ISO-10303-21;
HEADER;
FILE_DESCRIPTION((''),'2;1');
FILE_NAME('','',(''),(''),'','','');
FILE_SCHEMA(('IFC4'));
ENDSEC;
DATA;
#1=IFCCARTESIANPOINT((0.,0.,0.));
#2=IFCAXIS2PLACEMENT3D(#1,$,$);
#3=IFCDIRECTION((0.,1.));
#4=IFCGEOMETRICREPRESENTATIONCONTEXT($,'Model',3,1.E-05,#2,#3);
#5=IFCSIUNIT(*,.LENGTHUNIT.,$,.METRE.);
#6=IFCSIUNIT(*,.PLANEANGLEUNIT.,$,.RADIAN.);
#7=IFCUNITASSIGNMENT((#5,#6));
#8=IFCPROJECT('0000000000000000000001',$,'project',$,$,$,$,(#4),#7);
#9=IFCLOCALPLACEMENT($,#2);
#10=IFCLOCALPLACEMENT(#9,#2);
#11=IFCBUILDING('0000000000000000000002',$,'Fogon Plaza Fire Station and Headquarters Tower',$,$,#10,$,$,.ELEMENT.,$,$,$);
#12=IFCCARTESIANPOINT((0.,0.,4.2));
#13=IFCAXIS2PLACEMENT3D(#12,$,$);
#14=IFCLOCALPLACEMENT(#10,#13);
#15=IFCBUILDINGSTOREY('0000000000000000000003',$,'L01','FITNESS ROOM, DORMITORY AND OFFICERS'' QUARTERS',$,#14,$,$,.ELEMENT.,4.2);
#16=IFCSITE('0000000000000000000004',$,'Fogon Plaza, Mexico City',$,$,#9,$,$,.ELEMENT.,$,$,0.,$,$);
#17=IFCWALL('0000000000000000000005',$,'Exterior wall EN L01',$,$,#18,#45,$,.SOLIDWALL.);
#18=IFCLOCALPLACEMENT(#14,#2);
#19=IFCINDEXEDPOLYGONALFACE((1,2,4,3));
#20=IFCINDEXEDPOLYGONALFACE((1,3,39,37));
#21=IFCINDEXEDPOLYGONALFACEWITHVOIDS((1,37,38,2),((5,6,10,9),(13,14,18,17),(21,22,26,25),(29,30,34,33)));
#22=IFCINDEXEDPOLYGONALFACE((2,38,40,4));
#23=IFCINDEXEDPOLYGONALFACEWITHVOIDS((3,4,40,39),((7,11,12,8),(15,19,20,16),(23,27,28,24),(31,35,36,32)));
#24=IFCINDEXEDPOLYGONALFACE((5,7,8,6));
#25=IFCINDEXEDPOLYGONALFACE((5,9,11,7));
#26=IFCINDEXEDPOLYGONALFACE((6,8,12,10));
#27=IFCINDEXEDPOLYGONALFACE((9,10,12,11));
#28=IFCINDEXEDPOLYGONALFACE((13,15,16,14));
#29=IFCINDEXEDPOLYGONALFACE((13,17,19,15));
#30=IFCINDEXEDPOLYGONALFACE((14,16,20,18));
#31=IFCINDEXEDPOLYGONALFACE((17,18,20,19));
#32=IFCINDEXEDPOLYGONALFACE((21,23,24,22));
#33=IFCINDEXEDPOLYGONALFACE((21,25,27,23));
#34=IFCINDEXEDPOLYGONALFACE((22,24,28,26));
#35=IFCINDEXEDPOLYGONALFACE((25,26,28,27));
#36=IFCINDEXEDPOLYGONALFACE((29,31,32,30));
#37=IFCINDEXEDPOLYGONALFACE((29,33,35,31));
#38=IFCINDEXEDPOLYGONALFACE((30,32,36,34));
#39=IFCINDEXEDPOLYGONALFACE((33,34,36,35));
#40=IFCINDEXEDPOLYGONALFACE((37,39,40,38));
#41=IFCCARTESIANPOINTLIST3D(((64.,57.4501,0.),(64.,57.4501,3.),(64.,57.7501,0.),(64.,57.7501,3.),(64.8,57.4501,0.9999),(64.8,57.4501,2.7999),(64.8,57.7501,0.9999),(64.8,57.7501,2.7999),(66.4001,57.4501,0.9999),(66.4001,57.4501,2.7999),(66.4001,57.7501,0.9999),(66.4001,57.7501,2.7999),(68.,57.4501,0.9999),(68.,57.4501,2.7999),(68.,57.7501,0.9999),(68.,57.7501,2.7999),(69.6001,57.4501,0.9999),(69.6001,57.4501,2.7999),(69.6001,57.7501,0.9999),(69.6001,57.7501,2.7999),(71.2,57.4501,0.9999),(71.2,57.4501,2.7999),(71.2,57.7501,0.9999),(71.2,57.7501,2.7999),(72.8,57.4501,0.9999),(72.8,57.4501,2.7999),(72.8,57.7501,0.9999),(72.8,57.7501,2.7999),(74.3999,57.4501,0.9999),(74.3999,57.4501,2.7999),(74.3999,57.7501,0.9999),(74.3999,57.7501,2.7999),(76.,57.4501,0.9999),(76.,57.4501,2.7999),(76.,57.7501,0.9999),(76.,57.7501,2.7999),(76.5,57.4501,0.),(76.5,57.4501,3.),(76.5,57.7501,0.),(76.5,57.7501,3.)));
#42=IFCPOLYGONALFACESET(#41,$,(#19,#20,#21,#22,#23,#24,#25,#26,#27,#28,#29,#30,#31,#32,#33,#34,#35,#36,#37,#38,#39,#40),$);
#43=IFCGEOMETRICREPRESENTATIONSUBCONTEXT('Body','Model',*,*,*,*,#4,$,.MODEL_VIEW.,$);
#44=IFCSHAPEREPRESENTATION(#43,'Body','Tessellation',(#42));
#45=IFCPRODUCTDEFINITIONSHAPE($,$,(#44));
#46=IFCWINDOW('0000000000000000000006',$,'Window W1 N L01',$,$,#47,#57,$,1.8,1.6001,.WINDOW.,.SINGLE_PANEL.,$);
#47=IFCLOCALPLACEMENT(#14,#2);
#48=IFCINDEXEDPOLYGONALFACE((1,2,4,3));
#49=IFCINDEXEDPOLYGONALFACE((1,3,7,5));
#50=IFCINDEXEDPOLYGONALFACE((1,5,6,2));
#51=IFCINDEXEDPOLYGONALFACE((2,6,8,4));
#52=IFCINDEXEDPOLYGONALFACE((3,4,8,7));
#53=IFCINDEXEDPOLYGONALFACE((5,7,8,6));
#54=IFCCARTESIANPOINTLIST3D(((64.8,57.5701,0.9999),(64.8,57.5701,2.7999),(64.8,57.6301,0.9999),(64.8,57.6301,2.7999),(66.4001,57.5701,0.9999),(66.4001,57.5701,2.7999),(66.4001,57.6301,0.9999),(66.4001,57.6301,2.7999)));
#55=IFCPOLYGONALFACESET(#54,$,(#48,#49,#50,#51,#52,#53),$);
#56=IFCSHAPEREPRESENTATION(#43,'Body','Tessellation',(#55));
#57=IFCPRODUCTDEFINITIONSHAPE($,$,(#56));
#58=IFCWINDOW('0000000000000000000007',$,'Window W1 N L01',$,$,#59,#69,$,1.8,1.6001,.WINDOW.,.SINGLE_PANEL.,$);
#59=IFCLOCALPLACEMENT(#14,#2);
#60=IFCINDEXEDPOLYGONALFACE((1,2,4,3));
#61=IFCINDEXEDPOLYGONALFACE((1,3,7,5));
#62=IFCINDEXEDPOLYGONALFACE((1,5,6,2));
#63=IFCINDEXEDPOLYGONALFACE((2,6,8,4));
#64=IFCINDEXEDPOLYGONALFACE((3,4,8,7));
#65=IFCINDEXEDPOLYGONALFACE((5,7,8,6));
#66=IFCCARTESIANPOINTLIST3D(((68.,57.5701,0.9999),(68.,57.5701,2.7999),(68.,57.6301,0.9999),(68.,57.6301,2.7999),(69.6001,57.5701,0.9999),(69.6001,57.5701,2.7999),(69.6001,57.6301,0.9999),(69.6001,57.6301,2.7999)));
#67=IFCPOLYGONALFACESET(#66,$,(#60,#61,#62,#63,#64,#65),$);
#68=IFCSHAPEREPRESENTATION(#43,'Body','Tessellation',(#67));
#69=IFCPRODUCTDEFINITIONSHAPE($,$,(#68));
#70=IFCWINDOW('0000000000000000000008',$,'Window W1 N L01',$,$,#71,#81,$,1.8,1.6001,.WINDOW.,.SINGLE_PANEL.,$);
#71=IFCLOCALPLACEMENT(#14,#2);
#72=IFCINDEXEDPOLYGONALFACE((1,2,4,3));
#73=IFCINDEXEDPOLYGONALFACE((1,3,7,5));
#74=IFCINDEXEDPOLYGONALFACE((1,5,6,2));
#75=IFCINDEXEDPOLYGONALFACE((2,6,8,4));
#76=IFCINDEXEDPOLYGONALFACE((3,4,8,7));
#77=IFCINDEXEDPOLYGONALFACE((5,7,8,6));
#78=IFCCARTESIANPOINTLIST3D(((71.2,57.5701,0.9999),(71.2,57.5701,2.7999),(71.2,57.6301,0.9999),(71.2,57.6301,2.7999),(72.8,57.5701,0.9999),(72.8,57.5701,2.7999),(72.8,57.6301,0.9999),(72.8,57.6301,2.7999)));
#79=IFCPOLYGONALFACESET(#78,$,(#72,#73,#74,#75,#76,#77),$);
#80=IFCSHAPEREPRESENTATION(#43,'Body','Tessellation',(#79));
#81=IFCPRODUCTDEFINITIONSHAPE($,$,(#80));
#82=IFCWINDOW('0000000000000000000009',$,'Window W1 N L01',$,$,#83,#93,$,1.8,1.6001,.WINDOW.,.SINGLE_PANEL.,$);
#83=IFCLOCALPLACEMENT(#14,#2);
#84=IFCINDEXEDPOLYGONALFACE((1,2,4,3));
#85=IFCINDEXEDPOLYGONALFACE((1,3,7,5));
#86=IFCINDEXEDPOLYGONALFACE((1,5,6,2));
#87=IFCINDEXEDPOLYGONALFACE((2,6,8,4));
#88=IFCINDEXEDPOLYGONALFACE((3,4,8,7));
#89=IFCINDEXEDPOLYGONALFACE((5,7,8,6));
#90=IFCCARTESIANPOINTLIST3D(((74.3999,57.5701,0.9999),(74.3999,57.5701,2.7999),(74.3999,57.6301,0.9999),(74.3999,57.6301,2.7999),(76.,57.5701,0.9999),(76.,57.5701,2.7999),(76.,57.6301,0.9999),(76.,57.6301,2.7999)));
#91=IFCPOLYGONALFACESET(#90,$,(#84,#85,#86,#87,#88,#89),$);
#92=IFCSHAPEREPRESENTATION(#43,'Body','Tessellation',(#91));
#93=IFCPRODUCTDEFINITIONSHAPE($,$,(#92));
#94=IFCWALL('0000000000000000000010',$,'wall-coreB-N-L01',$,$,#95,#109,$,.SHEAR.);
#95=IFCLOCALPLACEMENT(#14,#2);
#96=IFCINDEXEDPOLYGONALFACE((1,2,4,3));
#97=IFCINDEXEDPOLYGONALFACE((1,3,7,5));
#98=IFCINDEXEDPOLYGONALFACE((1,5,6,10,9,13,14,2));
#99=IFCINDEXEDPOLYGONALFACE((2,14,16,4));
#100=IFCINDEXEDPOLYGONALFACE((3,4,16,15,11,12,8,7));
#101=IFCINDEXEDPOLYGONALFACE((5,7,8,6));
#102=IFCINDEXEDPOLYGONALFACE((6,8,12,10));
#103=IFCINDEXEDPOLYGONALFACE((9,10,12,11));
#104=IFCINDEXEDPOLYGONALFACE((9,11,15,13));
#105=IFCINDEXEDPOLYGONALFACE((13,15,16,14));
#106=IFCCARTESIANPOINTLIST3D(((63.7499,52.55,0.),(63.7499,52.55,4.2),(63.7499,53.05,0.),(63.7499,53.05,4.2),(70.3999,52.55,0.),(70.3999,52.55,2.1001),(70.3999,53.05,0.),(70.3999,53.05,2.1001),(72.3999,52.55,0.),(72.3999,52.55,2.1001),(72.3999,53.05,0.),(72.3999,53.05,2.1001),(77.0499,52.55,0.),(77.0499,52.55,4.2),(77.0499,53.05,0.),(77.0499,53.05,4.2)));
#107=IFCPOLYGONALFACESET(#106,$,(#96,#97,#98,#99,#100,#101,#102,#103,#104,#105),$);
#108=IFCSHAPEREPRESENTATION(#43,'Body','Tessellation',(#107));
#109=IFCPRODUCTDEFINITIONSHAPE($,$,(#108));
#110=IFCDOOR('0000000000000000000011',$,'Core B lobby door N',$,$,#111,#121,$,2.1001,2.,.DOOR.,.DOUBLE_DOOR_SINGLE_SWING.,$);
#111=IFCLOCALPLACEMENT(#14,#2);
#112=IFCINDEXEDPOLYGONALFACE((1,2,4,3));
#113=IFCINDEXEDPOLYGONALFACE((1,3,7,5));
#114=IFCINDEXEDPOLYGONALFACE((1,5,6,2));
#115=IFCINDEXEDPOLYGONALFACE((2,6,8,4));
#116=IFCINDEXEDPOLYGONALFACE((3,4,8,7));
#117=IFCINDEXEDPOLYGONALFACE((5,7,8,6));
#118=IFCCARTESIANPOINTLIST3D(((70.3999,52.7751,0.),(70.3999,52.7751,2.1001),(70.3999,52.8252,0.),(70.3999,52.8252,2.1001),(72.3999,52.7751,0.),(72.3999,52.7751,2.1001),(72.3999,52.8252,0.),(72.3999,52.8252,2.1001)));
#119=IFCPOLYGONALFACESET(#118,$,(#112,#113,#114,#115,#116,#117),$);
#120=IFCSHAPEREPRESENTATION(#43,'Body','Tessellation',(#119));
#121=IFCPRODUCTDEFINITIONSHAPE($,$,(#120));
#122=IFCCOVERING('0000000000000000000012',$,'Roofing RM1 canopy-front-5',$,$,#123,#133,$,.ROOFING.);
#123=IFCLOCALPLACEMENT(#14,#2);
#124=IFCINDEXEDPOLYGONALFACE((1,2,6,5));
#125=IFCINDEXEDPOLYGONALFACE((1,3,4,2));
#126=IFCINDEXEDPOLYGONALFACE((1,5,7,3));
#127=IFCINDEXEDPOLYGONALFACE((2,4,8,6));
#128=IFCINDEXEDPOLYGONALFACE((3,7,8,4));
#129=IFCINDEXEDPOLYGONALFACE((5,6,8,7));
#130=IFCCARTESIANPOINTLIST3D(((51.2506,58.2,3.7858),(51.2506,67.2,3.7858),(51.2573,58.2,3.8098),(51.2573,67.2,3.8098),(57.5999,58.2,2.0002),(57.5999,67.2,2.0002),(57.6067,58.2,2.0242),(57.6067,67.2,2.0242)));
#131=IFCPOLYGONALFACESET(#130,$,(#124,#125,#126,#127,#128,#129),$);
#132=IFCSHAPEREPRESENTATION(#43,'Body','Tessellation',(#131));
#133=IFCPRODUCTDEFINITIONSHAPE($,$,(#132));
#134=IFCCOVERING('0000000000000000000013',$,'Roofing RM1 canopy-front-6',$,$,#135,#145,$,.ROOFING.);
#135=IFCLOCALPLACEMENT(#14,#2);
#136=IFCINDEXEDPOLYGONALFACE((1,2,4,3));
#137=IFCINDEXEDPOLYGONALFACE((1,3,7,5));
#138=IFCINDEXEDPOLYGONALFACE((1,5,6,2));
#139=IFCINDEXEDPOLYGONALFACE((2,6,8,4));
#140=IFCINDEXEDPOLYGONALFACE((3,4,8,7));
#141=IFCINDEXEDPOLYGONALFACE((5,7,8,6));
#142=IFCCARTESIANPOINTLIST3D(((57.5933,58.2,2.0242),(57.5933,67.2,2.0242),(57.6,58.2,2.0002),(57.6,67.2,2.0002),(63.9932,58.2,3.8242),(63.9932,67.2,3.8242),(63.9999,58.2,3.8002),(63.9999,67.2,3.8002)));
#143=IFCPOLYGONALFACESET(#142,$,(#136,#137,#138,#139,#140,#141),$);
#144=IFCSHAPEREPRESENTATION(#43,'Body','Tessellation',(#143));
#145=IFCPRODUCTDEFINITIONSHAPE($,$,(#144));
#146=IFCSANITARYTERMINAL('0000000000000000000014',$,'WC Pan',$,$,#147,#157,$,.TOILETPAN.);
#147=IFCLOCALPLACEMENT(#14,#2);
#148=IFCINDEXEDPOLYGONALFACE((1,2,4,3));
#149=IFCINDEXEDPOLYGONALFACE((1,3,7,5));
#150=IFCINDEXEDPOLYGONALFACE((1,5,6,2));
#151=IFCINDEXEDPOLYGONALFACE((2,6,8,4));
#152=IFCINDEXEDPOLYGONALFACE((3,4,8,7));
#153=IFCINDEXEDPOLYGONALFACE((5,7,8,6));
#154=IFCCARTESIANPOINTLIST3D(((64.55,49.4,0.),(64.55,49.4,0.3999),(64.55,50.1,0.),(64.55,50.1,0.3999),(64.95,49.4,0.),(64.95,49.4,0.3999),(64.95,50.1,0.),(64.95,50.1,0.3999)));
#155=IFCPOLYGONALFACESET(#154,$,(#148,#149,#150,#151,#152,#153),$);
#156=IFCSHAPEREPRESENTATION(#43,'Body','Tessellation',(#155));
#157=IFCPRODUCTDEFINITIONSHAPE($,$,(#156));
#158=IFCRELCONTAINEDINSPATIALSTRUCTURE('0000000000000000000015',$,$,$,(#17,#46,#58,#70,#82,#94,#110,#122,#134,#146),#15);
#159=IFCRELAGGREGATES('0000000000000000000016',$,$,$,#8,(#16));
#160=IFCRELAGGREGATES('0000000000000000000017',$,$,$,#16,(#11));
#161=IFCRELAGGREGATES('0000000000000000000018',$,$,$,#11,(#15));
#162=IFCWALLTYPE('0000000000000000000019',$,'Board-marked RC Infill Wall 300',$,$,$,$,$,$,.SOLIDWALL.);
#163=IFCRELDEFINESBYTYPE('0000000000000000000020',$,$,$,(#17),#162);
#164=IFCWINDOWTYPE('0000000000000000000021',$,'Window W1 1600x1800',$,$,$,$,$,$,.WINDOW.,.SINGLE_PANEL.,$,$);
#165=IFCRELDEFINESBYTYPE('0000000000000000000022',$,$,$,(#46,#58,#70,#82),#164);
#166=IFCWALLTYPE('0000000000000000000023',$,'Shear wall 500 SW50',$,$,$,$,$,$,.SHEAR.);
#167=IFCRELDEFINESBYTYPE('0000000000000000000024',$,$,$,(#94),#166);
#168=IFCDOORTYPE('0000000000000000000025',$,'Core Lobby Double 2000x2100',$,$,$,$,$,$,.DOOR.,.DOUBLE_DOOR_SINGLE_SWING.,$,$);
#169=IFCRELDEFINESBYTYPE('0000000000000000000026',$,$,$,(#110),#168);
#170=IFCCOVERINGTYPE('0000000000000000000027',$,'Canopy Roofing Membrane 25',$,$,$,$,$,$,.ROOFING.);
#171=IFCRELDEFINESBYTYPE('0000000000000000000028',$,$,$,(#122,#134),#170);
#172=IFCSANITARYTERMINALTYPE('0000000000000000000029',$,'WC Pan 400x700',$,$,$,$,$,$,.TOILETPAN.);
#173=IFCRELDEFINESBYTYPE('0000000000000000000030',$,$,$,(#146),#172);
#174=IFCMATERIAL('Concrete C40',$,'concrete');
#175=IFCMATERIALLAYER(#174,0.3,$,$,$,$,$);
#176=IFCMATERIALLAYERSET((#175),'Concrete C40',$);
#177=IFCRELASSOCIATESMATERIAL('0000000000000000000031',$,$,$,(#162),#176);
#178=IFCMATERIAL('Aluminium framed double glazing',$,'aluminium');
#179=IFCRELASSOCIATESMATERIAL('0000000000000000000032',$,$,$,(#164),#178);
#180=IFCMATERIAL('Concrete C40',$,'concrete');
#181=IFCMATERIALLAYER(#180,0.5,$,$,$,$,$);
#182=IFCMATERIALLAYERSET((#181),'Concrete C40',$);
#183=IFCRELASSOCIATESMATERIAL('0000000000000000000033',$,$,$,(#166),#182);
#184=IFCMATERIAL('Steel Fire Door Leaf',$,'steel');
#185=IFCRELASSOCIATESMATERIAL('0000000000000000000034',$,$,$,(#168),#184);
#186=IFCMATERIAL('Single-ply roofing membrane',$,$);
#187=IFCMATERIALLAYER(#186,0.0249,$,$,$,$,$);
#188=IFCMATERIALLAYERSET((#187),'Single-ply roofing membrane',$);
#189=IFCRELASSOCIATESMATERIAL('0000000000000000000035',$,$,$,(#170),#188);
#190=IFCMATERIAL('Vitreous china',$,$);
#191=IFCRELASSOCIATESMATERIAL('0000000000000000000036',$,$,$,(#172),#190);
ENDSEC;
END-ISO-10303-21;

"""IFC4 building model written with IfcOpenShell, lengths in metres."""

from ifc_helpers import new_model, si_unit, direction, frame, frame_2d, origin, origin_2d, place, context, subcontext, project, spatial, polyline, rectangle, outline, extrude, material, layer, layer_set, type_object, element, fill, save


model = new_model("IFC4")

# Units and contexts
model_context = context("Model", 3, precision=1e-05, world=origin(), true_north=direction((0.0, 1.0)))
body_context = subcontext(model_context, "Body", "Model", "MODEL_VIEW")
ifc_project = project(units=[si_unit("LENGTHUNIT", "METRE"), si_unit("PLANEANGLEUNIT", "RADIAN")], contexts=[model_context])

# Site, building, storey
site_placement = place(None, origin())
site = spatial("IfcSite", under=ifc_project, at=site_placement, Name="Fogon Plaza, Mexico City", CompositionType="ELEMENT", RefElevation=0.0)
building_placement = place(site_placement, origin())
building = spatial("IfcBuilding", under=site, at=building_placement, Name="Fogon Plaza Fire Station and Headquarters Tower", CompositionType="ELEMENT")
storey_placement = place(building_placement, frame((0.0, 0.0, 4.2)))
storey = spatial("IfcBuildingStorey", under=building, at=storey_placement, Name="L01", Description="FITNESS ROOM, DORMITORY AND OFFICERS' QUARTERS", CompositionType="ELEMENT", Elevation=4.2)

# Wall, openings, windows
ifc_material_1 = material(Name="Concrete C40", Category="concrete")
ifc_layer_1 = layer(ifc_material_1, 0.3)
ifc_layer_set_1 = layer_set([ifc_layer_1], Name="Concrete C40")
wall_type_1 = type_object("IfcWallType", Name="Board-marked RC Infill Wall 300", PredefinedType="SOLIDWALL", material=ifc_layer_set_1)
wall_1_placement = place(storey_placement, frame((64.0, 57.6001, 0.0), z_axis=(0.0, 0.0, 1.0), x_axis=(1.0, 0.0, 0.0)))
wall_1 = element("IfcWall", 1, at=wall_1_placement, inside=storey, type_object=wall_type_1, Name="Exterior wall EN L01", PredefinedType="SOLIDWALL", context=body_context, shape_type="SweptSolid", body=[
    extrude(rectangle(XDim=12.5, YDim=0.3, at=frame_2d((6.25, 0.0))), origin(), (0.0, 0.0, 1.0), 3.0),
])
opening_1_placement = place(wall_1_placement, frame((0.8, 0.0, 1.0)))
opening_1 = element("IfcOpeningElement", 2, at=opening_1_placement, cuts=wall_1, PredefinedType="OPENING", context=body_context, shape_type="SweptSolid", body=[
    extrude(rectangle(XDim=1.6001, YDim=1.8, at=frame_2d((0.8, 0.8999))), frame((0.0, 0.1599, 0.0), z_axis=(0.0, -1.0, 0.0), x_axis=(1.0, 0.0, 0.0)), (0.0, 0.0, 1.0), 0.3201),
])
opening_2_placement = place(wall_1_placement, frame((4.0, 0.0, 1.0)))
opening_2 = element("IfcOpeningElement", 3, at=opening_2_placement, cuts=wall_1, PredefinedType="OPENING", context=body_context, shape_type="SweptSolid", body=[
    extrude(rectangle(XDim=1.6001, YDim=1.8, at=frame_2d((0.8, 0.8999))), frame((0.0, 0.1599, 0.0), z_axis=(0.0, -1.0, 0.0), x_axis=(1.0, 0.0, 0.0)), (0.0, 0.0, 1.0), 0.3201),
])
opening_3_placement = place(wall_1_placement, frame((7.2, 0.0, 1.0)))
opening_3 = element("IfcOpeningElement", 4, at=opening_3_placement, cuts=wall_1, PredefinedType="OPENING", context=body_context, shape_type="SweptSolid", body=[
    extrude(rectangle(XDim=1.6001, YDim=1.8, at=frame_2d((0.8, 0.8999))), frame((0.0, 0.1599, 0.0), z_axis=(0.0, -1.0, 0.0), x_axis=(1.0, 0.0, 0.0)), (0.0, 0.0, 1.0), 0.3201),
])
opening_4_placement = place(wall_1_placement, frame((10.3999, 0.0, 1.0)))
opening_4 = element("IfcOpeningElement", 5, at=opening_4_placement, cuts=wall_1, PredefinedType="OPENING", context=body_context, shape_type="SweptSolid", body=[
    extrude(rectangle(XDim=1.6001, YDim=1.8, at=frame_2d((0.8, 0.8999))), frame((0.0, 0.1599, 0.0), z_axis=(0.0, -1.0, 0.0), x_axis=(1.0, 0.0, 0.0)), (0.0, 0.0, 1.0), 0.3201),
])
ifc_material_2 = material(Name="Aluminium framed double glazing", Category="aluminium")
window_type = type_object("IfcWindowType", Name="Window W1 1600x1800", PartitioningType="SINGLE_PANEL", PredefinedType="WINDOW", material=ifc_material_2)
window_1_placement = place(opening_1_placement, origin())
window_1 = element("IfcWindow", 6, at=window_1_placement, inside=storey, type_object=window_type, Name="Window W1 N L01", OverallHeight=1.8, OverallWidth=1.6001, PartitioningType="SINGLE_PANEL", PredefinedType="WINDOW", context=body_context, shape_type="SweptSolid", body=[
    extrude(rectangle(XDim=1.6001, YDim=1.8, at=frame_2d((0.8, 0.8999))), frame((0.0, 0.03, 0.0), z_axis=(0.0, -1.0, 0.0), x_axis=(1.0, 0.0, 0.0)), (0.0, 0.0, 1.0), 0.0601),
])
fill(opening_1, window_1)
window_2_placement = place(opening_2_placement, origin())
window_2 = element("IfcWindow", 7, at=window_2_placement, inside=storey, type_object=window_type, Name="Window W1 N L01", OverallHeight=1.8, OverallWidth=1.6001, PartitioningType="SINGLE_PANEL", PredefinedType="WINDOW", context=body_context, shape_type="SweptSolid", body=[
    extrude(rectangle(XDim=1.6001, YDim=1.8, at=frame_2d((0.8, 0.8999))), frame((0.0, 0.03, 0.0), z_axis=(0.0, -1.0, 0.0), x_axis=(1.0, 0.0, 0.0)), (0.0, 0.0, 1.0), 0.0601),
])
fill(opening_2, window_2)
window_3_placement = place(opening_3_placement, origin())
window_3 = element("IfcWindow", 8, at=window_3_placement, inside=storey, type_object=window_type, Name="Window W1 N L01", OverallHeight=1.8, OverallWidth=1.6001, PartitioningType="SINGLE_PANEL", PredefinedType="WINDOW", context=body_context, shape_type="SweptSolid", body=[
    extrude(rectangle(XDim=1.6001, YDim=1.8, at=frame_2d((0.8, 0.8999))), frame((0.0, 0.03, 0.0), z_axis=(0.0, -1.0, 0.0), x_axis=(1.0, 0.0, 0.0)), (0.0, 0.0, 1.0), 0.0601),
])
fill(opening_3, window_3)
window_4_placement = place(opening_4_placement, origin())
window_4 = element("IfcWindow", 9, at=window_4_placement, inside=storey, type_object=window_type, Name="Window W1 N L01", OverallHeight=1.8, OverallWidth=1.6001, PartitioningType="SINGLE_PANEL", PredefinedType="WINDOW", context=body_context, shape_type="SweptSolid", body=[
    extrude(rectangle(XDim=1.6001, YDim=1.8, at=frame_2d((0.8, 0.8999))), frame((0.0, 0.03, 0.0), z_axis=(0.0, -1.0, 0.0), x_axis=(1.0, 0.0, 0.0)), (0.0, 0.0, 1.0), 0.0601),
])
fill(opening_4, window_4)

# Wall, opening, door
ifc_material_3 = material(Name="Concrete C40", Category="concrete")
ifc_layer_2 = layer(ifc_material_3, 0.5)
ifc_layer_set_2 = layer_set([ifc_layer_2], Name="Concrete C40")
wall_type_2 = type_object("IfcWallType", Name="Shear wall 500 SW50", PredefinedType="SHEAR", material=ifc_layer_set_2)
wall_2_placement = place(storey_placement, frame((63.75, 52.8, 0.0), z_axis=(0.0, 0.0, 1.0), x_axis=(1.0, 0.0, 0.0)))
wall_2 = element("IfcWall", 10, at=wall_2_placement, inside=storey, type_object=wall_type_2, Name="wall-coreB-N-L01", PredefinedType="SHEAR", context=body_context, shape_type="SweptSolid", body=[
    extrude(rectangle(XDim=13.3, YDim=0.5, at=frame_2d((6.6499, 0.0))), origin(), (0.0, 0.0, 1.0), 4.2),
])
opening_5_placement = place(wall_2_placement, frame((6.6499, 0.0, 0.0)))
opening_5 = element("IfcOpeningElement", 11, at=opening_5_placement, cuts=wall_2, PredefinedType="OPENING", context=body_context, shape_type="SweptSolid", body=[
    extrude(rectangle(XDim=2.0, YDim=2.1001, at=frame_2d((1.0, 1.05))), frame((0.0, 0.26, 0.0), z_axis=(0.0, -1.0, 0.0), x_axis=(1.0, 0.0, 0.0)), (0.0, 0.0, 1.0), 0.52),
])
ifc_material_4 = material(Name="Steel Fire Door Leaf", Category="steel")
door_type = type_object("IfcDoorType", Name="Core Lobby Double 2000x2100", OperationType="DOUBLE_DOOR_SINGLE_SWING", PredefinedType="DOOR", material=ifc_material_4)
door_placement = place(opening_5_placement, frame((2.0, 0.0, 0.0), z_axis=(0.0, 0.0, 1.0), x_axis=(-1.0, 0.0, 0.0)))
door = element("IfcDoor", 12, at=door_placement, inside=storey, type_object=door_type, Name="Core B lobby door N", OperationType="DOUBLE_DOOR_SINGLE_SWING", OverallHeight=2.1001, OverallWidth=2.0, PredefinedType="DOOR", context=body_context, shape_type="SweptSolid", body=[
    extrude(rectangle(XDim=2.0, YDim=2.1001, at=frame_2d((1.0, 1.05))), frame((0.0, 0.0249, 0.0), z_axis=(0.0, -1.0, 0.0), x_axis=(1.0, 0.0, 0.0)), (0.0, 0.0, 1.0), 0.05),
])
fill(opening_5, door)

# Coverings
ifc_material_5 = material(Name="Single-ply roofing membrane")
ifc_layer_3 = layer(ifc_material_5, 0.0249)
ifc_layer_set_3 = layer_set([ifc_layer_3], Name="Single-ply roofing membrane")
covering_type = type_object("IfcCoveringType", Name="Canopy Roofing Membrane 25", PredefinedType="ROOFING", material=ifc_layer_set_3)
covering_1_placement = place(storey_placement, frame((51.2573, 58.2, 3.8098), z_axis=(0.270729, 0.0, 0.962655), x_axis=(0.962655, 0.0, -0.270729)))
element("IfcCovering", 13, at=covering_1_placement, inside=storey, type_object=covering_type, Name="Roofing RM1 canopy-front-5", PredefinedType="ROOFING", context=body_context, shape_type="SweptSolid", body=[
    extrude(outline(polyline([(0.0, 0.0), (6.5957, 0.0), (6.5957, 9.0), (0.0, 9.0), (0.0, 0.0)])), origin(), (0.0, 0.0, -1.0), 0.0249),
])
covering_2_placement = place(storey_placement, frame((57.5933, 58.2, 2.0242), z_axis=(-0.270756, 0.0, 0.962648), x_axis=(0.962648, 0.0, 0.270756)))
element("IfcCovering", 14, at=covering_2_placement, inside=storey, type_object=covering_type, Name="Roofing RM1 canopy-front-6", PredefinedType="ROOFING", context=body_context, shape_type="SweptSolid", body=[
    extrude(outline(polyline([(0.0, 0.0), (6.6482, 0.0), (6.6482, 9.0), (0.0, 9.0), (0.0, 0.0)])), origin(), (0.0, 0.0, -1.0), 0.0249),
])

# Sanitary terminal
ifc_material_6 = material(Name="Vitreous china")
sanitary_terminal_type = type_object("IfcSanitaryTerminalType", Name="WC Pan 400x700", PredefinedType="TOILETPAN", material=ifc_material_6)
sanitary_terminal_placement = place(storey_placement, frame((64.75, 49.75, 0.0), z_axis=(0.0, 0.0, 1.0), x_axis=(1.0, 0.0, 0.0)))
element("IfcSanitaryTerminal", 15, at=sanitary_terminal_placement, inside=storey, type_object=sanitary_terminal_type, Name="WC Pan", PredefinedType="TOILETPAN", context=body_context, shape_type="SweptSolid", body=[
    extrude(rectangle(XDim=0.3999, YDim=0.7, at=origin_2d()), origin(), (0.0, 0.0, 1.0), 0.3999),
])

save(model, "model.ifc")
